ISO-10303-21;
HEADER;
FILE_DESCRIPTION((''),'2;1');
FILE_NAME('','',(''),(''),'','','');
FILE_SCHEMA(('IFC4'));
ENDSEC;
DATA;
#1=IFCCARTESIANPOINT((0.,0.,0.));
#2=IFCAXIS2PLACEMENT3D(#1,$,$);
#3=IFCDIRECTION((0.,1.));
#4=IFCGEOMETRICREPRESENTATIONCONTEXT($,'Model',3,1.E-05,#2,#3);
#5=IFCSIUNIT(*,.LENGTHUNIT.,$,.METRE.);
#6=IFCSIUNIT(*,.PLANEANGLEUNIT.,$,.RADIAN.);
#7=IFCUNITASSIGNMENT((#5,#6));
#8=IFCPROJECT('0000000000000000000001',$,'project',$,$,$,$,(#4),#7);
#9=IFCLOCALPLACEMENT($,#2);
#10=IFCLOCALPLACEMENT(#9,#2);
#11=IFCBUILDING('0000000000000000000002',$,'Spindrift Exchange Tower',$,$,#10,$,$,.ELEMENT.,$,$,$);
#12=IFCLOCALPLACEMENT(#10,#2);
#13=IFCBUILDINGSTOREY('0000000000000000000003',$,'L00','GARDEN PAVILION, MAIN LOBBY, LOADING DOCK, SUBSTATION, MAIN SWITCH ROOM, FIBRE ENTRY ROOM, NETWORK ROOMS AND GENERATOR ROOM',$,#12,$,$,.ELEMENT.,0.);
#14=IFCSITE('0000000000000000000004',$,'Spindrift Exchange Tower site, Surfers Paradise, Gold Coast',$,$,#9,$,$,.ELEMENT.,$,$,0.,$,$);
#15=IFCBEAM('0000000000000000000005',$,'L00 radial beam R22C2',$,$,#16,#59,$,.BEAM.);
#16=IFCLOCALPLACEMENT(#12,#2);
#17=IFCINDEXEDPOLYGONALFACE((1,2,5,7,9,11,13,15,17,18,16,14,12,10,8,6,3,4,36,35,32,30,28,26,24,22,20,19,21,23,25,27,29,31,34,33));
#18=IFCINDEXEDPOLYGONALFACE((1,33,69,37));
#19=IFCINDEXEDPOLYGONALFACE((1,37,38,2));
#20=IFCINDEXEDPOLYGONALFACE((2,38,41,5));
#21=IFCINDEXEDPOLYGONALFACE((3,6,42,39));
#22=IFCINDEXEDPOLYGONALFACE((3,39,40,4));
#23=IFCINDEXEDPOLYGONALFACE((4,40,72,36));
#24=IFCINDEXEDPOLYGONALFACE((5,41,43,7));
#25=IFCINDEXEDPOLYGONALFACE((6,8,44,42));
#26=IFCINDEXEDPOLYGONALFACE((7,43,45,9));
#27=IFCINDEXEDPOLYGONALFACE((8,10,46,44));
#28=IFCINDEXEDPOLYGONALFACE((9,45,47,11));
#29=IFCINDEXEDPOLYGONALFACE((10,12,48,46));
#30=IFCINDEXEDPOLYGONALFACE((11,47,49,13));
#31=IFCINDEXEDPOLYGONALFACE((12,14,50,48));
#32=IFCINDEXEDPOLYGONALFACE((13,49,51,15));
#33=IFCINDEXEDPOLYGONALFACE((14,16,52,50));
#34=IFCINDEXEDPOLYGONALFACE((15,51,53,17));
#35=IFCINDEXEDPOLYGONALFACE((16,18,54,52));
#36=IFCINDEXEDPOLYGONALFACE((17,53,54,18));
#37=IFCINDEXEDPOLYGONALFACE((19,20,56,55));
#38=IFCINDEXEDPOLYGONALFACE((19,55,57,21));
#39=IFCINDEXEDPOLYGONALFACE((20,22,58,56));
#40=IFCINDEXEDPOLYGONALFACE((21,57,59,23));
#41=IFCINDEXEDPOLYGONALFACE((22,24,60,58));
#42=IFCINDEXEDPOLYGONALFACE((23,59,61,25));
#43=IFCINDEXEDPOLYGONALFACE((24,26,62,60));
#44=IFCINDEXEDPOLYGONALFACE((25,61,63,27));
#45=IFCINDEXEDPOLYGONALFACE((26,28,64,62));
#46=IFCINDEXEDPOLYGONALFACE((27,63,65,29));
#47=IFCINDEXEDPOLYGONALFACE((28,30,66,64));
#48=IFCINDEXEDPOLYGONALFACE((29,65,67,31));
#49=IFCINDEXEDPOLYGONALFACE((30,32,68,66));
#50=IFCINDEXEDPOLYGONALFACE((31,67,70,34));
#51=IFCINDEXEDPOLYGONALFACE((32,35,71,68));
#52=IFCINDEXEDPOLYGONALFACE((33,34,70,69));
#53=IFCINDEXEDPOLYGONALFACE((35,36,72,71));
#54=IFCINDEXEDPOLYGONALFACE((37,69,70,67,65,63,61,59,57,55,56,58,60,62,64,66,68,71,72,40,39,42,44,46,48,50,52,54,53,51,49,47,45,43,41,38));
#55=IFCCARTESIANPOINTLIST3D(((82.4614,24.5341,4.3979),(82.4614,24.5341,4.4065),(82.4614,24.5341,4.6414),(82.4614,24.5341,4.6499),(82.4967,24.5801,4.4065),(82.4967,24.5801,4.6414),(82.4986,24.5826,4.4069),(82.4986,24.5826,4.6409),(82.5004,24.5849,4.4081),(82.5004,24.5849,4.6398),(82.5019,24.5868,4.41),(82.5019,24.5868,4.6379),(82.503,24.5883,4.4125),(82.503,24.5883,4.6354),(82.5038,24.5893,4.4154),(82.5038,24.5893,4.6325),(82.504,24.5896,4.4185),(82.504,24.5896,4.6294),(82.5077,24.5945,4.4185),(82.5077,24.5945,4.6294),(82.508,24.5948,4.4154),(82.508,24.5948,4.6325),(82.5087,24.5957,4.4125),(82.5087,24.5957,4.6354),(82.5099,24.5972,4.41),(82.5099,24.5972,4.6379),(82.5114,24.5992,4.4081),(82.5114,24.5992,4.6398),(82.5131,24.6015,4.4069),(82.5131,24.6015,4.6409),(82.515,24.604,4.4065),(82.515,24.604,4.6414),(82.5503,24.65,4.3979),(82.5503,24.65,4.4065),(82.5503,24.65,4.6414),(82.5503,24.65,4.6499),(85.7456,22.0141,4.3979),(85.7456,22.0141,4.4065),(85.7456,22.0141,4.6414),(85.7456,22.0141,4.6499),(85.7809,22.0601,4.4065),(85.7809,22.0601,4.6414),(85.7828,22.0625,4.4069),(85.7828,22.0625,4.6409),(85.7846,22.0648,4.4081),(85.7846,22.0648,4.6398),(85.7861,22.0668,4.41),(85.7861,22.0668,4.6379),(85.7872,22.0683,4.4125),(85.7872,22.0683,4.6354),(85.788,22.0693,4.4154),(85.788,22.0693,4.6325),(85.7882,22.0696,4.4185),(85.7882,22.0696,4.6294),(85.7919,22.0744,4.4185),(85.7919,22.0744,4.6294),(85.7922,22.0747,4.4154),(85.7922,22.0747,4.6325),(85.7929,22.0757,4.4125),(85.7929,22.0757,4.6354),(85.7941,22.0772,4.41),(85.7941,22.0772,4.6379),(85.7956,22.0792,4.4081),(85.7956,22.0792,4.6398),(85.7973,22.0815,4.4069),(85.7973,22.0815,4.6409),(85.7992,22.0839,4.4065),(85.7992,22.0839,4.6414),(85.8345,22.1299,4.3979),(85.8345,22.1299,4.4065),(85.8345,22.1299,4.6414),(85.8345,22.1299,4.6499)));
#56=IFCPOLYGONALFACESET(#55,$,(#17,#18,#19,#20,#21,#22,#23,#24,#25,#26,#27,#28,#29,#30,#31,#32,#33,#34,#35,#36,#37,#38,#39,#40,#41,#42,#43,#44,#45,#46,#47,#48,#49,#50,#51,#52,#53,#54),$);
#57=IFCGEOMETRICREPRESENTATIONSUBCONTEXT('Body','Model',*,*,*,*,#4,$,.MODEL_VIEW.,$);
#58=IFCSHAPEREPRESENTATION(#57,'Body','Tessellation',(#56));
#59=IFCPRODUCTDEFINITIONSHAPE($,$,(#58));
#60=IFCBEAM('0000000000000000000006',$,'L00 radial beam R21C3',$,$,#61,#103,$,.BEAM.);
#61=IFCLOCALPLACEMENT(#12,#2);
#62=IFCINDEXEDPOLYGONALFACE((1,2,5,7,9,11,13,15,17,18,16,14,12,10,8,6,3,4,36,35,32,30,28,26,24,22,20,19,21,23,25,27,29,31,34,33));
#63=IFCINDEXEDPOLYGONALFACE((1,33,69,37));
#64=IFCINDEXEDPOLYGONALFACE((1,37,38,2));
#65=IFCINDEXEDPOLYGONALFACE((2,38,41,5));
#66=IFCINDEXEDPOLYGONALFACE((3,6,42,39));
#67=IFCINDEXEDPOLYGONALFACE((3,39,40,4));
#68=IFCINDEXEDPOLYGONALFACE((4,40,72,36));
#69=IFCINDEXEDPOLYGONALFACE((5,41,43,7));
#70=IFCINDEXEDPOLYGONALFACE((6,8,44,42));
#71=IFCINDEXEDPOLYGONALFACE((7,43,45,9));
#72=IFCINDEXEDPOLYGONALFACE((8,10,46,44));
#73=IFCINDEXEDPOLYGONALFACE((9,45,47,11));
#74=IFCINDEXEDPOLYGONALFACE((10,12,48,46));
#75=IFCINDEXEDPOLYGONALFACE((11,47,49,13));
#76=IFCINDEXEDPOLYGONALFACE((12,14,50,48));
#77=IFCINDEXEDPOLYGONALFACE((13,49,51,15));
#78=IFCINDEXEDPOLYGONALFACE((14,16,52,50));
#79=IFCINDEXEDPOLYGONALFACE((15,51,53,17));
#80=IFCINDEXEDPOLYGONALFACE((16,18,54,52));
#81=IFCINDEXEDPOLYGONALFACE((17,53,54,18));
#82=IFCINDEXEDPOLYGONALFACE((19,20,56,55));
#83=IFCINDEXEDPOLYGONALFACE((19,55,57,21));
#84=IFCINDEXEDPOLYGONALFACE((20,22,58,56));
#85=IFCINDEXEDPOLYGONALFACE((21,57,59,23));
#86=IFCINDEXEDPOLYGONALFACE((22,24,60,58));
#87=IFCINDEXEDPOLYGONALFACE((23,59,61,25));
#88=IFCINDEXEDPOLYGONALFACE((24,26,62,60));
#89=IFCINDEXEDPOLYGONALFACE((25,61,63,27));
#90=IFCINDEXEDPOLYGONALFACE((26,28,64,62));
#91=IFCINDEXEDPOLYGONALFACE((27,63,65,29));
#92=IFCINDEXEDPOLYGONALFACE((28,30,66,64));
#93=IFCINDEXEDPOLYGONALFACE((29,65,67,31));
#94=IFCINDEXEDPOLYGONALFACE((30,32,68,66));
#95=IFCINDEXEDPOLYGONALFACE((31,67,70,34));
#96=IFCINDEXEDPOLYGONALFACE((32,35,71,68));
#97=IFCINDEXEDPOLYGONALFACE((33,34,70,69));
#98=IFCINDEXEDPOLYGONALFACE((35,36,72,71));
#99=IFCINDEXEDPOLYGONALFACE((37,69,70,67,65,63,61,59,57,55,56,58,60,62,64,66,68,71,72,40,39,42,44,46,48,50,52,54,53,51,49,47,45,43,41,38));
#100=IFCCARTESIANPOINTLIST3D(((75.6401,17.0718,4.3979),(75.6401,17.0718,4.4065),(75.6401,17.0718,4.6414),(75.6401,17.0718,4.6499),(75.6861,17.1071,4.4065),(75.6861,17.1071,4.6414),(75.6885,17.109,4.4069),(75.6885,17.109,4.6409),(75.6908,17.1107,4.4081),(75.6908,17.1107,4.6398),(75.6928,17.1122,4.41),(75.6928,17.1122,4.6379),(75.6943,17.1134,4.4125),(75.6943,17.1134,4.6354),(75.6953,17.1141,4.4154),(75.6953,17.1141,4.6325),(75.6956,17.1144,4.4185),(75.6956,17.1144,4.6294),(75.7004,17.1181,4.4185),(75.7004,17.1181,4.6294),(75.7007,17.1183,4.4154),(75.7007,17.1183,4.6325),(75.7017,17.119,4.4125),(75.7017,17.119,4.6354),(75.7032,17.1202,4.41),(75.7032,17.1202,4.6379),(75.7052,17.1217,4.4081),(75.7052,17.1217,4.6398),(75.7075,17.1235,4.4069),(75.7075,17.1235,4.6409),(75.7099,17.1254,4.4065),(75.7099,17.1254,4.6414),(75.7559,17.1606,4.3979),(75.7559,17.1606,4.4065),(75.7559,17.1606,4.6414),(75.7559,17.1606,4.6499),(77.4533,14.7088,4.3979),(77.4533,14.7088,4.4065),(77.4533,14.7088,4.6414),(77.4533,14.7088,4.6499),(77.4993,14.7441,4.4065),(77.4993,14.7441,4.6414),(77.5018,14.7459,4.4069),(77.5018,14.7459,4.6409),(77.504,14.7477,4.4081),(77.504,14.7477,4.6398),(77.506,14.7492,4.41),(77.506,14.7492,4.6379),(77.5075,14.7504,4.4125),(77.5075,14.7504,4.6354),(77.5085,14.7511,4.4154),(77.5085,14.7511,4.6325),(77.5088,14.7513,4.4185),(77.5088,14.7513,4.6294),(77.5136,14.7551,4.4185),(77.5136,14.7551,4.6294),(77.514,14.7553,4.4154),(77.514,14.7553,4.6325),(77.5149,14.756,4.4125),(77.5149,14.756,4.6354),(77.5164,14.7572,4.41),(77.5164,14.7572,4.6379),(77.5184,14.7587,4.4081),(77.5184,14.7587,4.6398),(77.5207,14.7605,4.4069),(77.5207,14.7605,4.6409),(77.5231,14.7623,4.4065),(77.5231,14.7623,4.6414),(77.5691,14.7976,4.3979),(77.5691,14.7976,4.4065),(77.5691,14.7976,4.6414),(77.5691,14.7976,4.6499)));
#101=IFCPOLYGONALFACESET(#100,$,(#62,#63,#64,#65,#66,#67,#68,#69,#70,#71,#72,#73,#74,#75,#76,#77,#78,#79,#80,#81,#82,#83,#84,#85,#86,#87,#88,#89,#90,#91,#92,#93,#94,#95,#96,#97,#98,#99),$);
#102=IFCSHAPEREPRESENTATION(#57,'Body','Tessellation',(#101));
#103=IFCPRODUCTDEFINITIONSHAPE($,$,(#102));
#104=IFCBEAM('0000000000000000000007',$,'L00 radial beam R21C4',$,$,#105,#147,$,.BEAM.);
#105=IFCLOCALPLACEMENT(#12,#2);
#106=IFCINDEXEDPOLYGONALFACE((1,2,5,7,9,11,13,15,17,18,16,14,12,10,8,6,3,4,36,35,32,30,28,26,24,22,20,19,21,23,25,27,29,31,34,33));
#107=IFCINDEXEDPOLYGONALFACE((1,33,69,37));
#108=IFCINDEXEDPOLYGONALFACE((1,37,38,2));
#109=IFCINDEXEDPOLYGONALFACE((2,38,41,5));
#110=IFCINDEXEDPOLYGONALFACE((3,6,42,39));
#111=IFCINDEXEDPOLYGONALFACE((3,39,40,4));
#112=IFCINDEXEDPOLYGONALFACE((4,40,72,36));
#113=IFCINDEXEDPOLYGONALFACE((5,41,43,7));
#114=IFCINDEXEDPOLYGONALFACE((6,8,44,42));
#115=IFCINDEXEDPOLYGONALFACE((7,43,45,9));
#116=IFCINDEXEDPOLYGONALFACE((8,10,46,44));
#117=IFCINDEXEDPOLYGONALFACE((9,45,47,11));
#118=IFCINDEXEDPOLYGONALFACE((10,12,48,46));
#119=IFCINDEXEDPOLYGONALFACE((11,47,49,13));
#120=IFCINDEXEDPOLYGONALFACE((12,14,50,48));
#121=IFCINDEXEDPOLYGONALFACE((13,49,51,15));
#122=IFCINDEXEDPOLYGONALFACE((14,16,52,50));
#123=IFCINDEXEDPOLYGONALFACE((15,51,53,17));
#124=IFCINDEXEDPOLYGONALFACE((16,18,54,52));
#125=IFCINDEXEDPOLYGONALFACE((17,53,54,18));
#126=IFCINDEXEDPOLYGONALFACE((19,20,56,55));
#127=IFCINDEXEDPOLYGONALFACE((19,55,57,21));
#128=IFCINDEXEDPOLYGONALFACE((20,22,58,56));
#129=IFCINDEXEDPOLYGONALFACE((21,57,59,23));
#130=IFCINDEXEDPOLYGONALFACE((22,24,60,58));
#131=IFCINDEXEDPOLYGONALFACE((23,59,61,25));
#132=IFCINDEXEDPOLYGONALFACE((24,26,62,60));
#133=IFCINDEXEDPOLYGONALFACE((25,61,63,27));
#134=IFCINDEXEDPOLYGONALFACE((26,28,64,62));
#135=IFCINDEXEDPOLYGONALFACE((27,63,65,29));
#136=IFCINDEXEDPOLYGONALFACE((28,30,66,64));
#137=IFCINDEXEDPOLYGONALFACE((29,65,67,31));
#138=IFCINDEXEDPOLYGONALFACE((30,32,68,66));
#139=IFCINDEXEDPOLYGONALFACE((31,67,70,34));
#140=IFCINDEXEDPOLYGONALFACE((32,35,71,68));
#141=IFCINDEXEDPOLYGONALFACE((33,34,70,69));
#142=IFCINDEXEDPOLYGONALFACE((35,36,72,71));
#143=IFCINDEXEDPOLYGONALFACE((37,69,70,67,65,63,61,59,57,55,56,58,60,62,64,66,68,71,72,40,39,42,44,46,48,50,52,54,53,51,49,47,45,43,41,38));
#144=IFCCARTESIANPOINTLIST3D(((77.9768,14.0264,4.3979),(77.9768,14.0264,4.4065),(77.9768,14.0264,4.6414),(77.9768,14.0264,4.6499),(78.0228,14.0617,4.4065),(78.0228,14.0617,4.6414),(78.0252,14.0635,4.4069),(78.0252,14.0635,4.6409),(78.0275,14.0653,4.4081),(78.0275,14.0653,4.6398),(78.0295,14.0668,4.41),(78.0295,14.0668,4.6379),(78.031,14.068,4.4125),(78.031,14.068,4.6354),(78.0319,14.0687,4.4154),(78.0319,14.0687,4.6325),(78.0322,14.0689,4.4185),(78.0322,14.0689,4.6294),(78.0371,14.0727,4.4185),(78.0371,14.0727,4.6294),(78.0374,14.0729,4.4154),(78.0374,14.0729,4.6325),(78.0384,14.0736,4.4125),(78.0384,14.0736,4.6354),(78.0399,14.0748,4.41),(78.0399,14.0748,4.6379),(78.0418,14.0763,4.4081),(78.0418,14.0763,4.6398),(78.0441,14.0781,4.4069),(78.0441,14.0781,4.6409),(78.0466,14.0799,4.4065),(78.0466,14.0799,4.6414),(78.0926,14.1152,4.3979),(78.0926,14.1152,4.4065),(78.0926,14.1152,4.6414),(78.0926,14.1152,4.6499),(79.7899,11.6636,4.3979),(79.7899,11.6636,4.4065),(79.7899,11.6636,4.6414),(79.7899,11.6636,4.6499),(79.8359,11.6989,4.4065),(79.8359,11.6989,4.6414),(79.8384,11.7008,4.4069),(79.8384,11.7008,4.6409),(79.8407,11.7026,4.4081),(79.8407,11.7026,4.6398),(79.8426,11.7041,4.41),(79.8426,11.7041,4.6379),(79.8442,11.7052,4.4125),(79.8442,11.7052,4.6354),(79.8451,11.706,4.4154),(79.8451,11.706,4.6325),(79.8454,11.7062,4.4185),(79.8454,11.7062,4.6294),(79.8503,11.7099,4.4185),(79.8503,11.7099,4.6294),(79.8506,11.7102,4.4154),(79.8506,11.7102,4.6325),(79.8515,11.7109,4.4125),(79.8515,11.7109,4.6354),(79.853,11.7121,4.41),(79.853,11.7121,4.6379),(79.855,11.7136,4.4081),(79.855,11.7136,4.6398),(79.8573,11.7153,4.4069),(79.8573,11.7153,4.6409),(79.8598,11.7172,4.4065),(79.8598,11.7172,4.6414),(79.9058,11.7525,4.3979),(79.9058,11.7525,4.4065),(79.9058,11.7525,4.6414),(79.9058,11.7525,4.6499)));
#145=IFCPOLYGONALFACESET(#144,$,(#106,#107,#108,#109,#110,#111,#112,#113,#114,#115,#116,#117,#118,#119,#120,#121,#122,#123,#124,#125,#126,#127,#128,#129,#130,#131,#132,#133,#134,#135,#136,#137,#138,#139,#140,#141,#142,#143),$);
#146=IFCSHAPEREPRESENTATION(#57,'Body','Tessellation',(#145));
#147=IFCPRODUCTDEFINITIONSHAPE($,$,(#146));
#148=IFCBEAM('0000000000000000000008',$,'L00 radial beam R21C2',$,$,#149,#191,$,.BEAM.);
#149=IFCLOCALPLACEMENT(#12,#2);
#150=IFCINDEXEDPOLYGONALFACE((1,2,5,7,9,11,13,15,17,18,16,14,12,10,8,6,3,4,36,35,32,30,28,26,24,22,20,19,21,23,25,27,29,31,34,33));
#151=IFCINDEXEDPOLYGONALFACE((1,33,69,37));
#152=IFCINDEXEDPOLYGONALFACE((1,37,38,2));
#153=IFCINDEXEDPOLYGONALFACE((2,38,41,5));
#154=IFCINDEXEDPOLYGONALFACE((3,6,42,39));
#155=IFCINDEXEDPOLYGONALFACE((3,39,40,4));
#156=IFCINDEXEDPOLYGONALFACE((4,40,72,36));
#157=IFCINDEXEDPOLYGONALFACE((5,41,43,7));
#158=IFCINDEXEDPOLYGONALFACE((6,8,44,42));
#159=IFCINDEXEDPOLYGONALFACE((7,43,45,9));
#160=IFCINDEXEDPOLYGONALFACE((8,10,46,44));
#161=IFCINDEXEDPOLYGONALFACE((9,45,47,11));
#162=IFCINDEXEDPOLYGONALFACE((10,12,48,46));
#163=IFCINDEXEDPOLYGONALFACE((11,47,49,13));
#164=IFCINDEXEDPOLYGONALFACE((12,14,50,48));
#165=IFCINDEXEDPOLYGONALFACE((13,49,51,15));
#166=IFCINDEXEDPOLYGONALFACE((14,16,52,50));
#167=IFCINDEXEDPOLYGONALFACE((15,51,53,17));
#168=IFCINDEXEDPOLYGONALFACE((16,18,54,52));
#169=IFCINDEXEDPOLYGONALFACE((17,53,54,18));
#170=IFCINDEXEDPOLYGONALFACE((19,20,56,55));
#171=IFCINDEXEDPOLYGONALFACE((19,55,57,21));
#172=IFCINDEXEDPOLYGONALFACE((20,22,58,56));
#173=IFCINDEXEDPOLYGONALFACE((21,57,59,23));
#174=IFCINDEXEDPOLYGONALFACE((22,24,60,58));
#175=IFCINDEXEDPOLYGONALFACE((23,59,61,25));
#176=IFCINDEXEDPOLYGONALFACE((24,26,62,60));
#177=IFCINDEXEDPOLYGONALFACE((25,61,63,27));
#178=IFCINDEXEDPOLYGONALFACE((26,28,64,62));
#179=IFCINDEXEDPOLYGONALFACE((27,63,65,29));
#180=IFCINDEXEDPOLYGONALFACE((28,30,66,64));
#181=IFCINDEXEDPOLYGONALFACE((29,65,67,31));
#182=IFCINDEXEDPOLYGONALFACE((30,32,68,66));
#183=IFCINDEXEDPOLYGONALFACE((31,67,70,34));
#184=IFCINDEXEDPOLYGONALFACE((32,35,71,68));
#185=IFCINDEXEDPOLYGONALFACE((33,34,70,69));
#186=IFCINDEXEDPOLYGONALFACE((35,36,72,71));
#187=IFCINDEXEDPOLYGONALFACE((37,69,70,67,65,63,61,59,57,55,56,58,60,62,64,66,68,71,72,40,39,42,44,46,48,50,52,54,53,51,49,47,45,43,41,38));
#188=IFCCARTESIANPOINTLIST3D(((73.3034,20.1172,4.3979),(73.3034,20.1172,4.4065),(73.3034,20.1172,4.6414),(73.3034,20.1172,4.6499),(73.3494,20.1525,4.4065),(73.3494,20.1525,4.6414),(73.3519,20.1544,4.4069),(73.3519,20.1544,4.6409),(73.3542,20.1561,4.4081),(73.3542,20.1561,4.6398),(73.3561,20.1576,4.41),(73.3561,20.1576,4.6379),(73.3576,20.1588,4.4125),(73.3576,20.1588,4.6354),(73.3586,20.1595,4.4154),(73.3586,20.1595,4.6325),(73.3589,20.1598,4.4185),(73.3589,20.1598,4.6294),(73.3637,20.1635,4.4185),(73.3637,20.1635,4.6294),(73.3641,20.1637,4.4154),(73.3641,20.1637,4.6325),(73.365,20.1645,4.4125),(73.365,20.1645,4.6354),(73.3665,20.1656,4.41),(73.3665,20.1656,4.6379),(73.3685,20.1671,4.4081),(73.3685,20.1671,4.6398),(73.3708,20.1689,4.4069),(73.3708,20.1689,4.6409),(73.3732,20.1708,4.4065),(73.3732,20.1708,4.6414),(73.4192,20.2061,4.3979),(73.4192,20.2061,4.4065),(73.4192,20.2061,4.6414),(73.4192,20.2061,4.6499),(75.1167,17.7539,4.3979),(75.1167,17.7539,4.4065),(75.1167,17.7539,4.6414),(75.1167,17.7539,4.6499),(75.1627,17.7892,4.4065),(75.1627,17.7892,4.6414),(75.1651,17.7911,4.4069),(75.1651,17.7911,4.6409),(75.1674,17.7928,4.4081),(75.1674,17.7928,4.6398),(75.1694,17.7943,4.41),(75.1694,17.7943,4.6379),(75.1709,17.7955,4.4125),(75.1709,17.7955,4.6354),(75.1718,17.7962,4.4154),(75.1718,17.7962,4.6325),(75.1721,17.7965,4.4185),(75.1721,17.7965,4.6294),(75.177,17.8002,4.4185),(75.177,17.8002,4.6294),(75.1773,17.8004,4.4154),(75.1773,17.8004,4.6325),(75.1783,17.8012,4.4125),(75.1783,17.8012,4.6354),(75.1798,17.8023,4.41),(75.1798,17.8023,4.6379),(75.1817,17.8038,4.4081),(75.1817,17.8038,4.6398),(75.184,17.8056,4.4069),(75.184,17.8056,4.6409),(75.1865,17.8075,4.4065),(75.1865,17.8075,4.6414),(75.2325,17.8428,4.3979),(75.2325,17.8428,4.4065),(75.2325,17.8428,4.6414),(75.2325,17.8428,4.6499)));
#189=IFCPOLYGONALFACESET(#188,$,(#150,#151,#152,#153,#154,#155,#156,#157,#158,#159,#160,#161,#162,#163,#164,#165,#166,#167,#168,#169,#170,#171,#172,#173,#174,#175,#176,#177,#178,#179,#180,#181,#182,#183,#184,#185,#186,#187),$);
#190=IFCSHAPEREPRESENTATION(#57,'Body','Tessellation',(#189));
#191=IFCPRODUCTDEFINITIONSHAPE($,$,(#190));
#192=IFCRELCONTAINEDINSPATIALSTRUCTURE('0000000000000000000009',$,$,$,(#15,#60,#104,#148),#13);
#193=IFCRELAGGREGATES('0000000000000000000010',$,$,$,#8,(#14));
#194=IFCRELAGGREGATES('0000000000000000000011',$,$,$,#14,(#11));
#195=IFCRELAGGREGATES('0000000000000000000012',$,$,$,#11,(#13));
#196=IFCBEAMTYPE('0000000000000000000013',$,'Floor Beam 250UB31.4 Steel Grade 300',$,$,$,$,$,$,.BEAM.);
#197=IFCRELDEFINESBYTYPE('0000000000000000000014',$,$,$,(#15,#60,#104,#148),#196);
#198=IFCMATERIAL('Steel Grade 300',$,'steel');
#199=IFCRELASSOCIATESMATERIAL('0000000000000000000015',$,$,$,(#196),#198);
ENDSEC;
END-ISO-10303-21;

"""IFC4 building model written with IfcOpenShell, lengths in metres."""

from ifc_helpers import new_model, si_unit, direction, frame, origin, origin_2d, place, context, subcontext, project, spatial, i_section, extrude, source, transform, mapped, material, material_profile, profile_set, type_object, element, save


model = new_model("IFC4")

# Units and contexts
model_context = context("Model", 3, precision=1e-05, world=origin(), true_north=direction((0.0, 1.0)))
body_context = subcontext(model_context, "Body", "Model", "MODEL_VIEW")
ifc_project = project(units=[si_unit("LENGTHUNIT", "METRE"), si_unit("PLANEANGLEUNIT", "RADIAN")], contexts=[model_context])

# Site, building, storey
site_placement = place(None, origin())
site = spatial("IfcSite", under=ifc_project, at=site_placement, Name="Spindrift Exchange Tower site, Surfers Paradise, Gold Coast", CompositionType="ELEMENT", RefElevation=0.0)
building_placement = place(site_placement, origin())
building = spatial("IfcBuilding", under=site, at=building_placement, Name="Spindrift Exchange Tower", CompositionType="ELEMENT")
storey_placement = place(building_placement, origin())
storey = spatial("IfcBuildingStorey", under=building, at=storey_placement, Name="L00", Description="GARDEN PAVILION, MAIN LOBBY, LOADING DOCK, SUBSTATION, MAIN SWITCH ROOM, FIBRE ENTRY ROOM, NETWORK ROOMS AND GENERATOR ROOM", CompositionType="ELEMENT", Elevation=0.0)

# Beams
ifc_material_1 = material(Name="Steel Grade 300", Category="steel")
ifc_material_profile_1 = material_profile(ifc_material_1, i_section(OverallWidth=0.146, OverallDepth=0.252, WebThickness=0.0061, FlangeThickness=0.0085, FilletRadius=0.012, at=origin_2d()), Name="250UB31.4")
ifc_profile_set_1 = profile_set([ifc_material_profile_1], Name="Steel Grade 300")
beam_type_1 = type_object("IfcBeamType", Name="Floor Beam 250UB31.4 Steel Grade 300", PredefinedType="BEAM", material=ifc_profile_set_1)
shared_shape_1 = source(origin(), body_context, "Body", "SweptSolid", [
    extrude(i_section(OverallWidth=0.146, OverallDepth=0.252, WebThickness=0.0061, FlangeThickness=0.0085, FilletRadius=0.012, at=origin_2d()), origin(), (0.0, 0.0, 1.0), 4.1396),
])
beam_1_placement = place(storey_placement, frame((82.5059, 24.592, 4.5239), z_axis=(0.793356, -0.608758, 0.0), x_axis=(0.608758, 0.793356, 0.0)))
element("IfcBeam", 1, at=beam_1_placement, inside=storey, type_object=beam_type_1, Name="L00 radial beam R22C2", PredefinedType="BEAM", context=body_context, shape_type="MappedRepresentation", body=[
    mapped(shared_shape_1, transform((0.0, 0.0, 0.0), scale=1.0)),
])
shared_shape_2 = source(origin(), body_context, "Body", "SweptSolid", [
    extrude(i_section(OverallWidth=0.146, OverallDepth=0.252, WebThickness=0.0061, FlangeThickness=0.0085, FilletRadius=0.012, at=origin_2d()), origin(), (0.0, 0.0, 1.0), 2.9785),
])
beam_2_placement = place(storey_placement, frame((75.698, 17.1162, 4.5239), z_axis=(0.608764, -0.793352, 0.0), x_axis=(0.793352, 0.608764, 0.0)))
element("IfcBeam", 2, at=beam_2_placement, inside=storey, type_object=beam_type_1, Name="L00 radial beam R21C3", PredefinedType="BEAM", context=body_context, shape_type="MappedRepresentation", body=[
    mapped(shared_shape_2, transform((0.0, 0.0, 0.0), scale=1.0)),
])
shared_shape_3 = source(origin(), body_context, "Body", "SweptSolid", [
    extrude(i_section(OverallWidth=0.146, OverallDepth=0.252, WebThickness=0.0061, FlangeThickness=0.0085, FilletRadius=0.012, at=origin_2d()), origin(), (0.0, 0.0, 1.0), 2.9783),
])
beam_3_placement = place(storey_placement, frame((78.0347, 14.0708, 4.5239), z_axis=(0.608803, -0.793321, 0.0), x_axis=(0.793321, 0.608803, 0.0)))
element("IfcBeam", 3, at=beam_3_placement, inside=storey, type_object=beam_type_1, Name="L00 radial beam R21C4", PredefinedType="BEAM", context=body_context, shape_type="MappedRepresentation", body=[
    mapped(shared_shape_3, transform((0.0, 0.0, 0.0), scale=1.0)),
])
shared_shape_4 = source(origin(), body_context, "Body", "SweptSolid", [
    extrude(i_section(OverallWidth=0.146, OverallDepth=0.252, WebThickness=0.0061, FlangeThickness=0.0085, FilletRadius=0.012, at=origin_2d()), origin(), (0.0, 0.0, 1.0), 2.9788),
])
beam_4_placement = place(storey_placement, frame((73.3613, 20.1616, 4.5239), z_axis=(0.608724, -0.793382, 0.0), x_axis=(0.793382, 0.608724, 0.0)))
element("IfcBeam", 4, at=beam_4_placement, inside=storey, type_object=beam_type_1, Name="L00 radial beam R21C2", PredefinedType="BEAM", context=body_context, shape_type="MappedRepresentation", body=[
    mapped(shared_shape_4, transform((0.0, 0.0, 0.0), scale=1.0)),
])

save(model, "model.ifc")
